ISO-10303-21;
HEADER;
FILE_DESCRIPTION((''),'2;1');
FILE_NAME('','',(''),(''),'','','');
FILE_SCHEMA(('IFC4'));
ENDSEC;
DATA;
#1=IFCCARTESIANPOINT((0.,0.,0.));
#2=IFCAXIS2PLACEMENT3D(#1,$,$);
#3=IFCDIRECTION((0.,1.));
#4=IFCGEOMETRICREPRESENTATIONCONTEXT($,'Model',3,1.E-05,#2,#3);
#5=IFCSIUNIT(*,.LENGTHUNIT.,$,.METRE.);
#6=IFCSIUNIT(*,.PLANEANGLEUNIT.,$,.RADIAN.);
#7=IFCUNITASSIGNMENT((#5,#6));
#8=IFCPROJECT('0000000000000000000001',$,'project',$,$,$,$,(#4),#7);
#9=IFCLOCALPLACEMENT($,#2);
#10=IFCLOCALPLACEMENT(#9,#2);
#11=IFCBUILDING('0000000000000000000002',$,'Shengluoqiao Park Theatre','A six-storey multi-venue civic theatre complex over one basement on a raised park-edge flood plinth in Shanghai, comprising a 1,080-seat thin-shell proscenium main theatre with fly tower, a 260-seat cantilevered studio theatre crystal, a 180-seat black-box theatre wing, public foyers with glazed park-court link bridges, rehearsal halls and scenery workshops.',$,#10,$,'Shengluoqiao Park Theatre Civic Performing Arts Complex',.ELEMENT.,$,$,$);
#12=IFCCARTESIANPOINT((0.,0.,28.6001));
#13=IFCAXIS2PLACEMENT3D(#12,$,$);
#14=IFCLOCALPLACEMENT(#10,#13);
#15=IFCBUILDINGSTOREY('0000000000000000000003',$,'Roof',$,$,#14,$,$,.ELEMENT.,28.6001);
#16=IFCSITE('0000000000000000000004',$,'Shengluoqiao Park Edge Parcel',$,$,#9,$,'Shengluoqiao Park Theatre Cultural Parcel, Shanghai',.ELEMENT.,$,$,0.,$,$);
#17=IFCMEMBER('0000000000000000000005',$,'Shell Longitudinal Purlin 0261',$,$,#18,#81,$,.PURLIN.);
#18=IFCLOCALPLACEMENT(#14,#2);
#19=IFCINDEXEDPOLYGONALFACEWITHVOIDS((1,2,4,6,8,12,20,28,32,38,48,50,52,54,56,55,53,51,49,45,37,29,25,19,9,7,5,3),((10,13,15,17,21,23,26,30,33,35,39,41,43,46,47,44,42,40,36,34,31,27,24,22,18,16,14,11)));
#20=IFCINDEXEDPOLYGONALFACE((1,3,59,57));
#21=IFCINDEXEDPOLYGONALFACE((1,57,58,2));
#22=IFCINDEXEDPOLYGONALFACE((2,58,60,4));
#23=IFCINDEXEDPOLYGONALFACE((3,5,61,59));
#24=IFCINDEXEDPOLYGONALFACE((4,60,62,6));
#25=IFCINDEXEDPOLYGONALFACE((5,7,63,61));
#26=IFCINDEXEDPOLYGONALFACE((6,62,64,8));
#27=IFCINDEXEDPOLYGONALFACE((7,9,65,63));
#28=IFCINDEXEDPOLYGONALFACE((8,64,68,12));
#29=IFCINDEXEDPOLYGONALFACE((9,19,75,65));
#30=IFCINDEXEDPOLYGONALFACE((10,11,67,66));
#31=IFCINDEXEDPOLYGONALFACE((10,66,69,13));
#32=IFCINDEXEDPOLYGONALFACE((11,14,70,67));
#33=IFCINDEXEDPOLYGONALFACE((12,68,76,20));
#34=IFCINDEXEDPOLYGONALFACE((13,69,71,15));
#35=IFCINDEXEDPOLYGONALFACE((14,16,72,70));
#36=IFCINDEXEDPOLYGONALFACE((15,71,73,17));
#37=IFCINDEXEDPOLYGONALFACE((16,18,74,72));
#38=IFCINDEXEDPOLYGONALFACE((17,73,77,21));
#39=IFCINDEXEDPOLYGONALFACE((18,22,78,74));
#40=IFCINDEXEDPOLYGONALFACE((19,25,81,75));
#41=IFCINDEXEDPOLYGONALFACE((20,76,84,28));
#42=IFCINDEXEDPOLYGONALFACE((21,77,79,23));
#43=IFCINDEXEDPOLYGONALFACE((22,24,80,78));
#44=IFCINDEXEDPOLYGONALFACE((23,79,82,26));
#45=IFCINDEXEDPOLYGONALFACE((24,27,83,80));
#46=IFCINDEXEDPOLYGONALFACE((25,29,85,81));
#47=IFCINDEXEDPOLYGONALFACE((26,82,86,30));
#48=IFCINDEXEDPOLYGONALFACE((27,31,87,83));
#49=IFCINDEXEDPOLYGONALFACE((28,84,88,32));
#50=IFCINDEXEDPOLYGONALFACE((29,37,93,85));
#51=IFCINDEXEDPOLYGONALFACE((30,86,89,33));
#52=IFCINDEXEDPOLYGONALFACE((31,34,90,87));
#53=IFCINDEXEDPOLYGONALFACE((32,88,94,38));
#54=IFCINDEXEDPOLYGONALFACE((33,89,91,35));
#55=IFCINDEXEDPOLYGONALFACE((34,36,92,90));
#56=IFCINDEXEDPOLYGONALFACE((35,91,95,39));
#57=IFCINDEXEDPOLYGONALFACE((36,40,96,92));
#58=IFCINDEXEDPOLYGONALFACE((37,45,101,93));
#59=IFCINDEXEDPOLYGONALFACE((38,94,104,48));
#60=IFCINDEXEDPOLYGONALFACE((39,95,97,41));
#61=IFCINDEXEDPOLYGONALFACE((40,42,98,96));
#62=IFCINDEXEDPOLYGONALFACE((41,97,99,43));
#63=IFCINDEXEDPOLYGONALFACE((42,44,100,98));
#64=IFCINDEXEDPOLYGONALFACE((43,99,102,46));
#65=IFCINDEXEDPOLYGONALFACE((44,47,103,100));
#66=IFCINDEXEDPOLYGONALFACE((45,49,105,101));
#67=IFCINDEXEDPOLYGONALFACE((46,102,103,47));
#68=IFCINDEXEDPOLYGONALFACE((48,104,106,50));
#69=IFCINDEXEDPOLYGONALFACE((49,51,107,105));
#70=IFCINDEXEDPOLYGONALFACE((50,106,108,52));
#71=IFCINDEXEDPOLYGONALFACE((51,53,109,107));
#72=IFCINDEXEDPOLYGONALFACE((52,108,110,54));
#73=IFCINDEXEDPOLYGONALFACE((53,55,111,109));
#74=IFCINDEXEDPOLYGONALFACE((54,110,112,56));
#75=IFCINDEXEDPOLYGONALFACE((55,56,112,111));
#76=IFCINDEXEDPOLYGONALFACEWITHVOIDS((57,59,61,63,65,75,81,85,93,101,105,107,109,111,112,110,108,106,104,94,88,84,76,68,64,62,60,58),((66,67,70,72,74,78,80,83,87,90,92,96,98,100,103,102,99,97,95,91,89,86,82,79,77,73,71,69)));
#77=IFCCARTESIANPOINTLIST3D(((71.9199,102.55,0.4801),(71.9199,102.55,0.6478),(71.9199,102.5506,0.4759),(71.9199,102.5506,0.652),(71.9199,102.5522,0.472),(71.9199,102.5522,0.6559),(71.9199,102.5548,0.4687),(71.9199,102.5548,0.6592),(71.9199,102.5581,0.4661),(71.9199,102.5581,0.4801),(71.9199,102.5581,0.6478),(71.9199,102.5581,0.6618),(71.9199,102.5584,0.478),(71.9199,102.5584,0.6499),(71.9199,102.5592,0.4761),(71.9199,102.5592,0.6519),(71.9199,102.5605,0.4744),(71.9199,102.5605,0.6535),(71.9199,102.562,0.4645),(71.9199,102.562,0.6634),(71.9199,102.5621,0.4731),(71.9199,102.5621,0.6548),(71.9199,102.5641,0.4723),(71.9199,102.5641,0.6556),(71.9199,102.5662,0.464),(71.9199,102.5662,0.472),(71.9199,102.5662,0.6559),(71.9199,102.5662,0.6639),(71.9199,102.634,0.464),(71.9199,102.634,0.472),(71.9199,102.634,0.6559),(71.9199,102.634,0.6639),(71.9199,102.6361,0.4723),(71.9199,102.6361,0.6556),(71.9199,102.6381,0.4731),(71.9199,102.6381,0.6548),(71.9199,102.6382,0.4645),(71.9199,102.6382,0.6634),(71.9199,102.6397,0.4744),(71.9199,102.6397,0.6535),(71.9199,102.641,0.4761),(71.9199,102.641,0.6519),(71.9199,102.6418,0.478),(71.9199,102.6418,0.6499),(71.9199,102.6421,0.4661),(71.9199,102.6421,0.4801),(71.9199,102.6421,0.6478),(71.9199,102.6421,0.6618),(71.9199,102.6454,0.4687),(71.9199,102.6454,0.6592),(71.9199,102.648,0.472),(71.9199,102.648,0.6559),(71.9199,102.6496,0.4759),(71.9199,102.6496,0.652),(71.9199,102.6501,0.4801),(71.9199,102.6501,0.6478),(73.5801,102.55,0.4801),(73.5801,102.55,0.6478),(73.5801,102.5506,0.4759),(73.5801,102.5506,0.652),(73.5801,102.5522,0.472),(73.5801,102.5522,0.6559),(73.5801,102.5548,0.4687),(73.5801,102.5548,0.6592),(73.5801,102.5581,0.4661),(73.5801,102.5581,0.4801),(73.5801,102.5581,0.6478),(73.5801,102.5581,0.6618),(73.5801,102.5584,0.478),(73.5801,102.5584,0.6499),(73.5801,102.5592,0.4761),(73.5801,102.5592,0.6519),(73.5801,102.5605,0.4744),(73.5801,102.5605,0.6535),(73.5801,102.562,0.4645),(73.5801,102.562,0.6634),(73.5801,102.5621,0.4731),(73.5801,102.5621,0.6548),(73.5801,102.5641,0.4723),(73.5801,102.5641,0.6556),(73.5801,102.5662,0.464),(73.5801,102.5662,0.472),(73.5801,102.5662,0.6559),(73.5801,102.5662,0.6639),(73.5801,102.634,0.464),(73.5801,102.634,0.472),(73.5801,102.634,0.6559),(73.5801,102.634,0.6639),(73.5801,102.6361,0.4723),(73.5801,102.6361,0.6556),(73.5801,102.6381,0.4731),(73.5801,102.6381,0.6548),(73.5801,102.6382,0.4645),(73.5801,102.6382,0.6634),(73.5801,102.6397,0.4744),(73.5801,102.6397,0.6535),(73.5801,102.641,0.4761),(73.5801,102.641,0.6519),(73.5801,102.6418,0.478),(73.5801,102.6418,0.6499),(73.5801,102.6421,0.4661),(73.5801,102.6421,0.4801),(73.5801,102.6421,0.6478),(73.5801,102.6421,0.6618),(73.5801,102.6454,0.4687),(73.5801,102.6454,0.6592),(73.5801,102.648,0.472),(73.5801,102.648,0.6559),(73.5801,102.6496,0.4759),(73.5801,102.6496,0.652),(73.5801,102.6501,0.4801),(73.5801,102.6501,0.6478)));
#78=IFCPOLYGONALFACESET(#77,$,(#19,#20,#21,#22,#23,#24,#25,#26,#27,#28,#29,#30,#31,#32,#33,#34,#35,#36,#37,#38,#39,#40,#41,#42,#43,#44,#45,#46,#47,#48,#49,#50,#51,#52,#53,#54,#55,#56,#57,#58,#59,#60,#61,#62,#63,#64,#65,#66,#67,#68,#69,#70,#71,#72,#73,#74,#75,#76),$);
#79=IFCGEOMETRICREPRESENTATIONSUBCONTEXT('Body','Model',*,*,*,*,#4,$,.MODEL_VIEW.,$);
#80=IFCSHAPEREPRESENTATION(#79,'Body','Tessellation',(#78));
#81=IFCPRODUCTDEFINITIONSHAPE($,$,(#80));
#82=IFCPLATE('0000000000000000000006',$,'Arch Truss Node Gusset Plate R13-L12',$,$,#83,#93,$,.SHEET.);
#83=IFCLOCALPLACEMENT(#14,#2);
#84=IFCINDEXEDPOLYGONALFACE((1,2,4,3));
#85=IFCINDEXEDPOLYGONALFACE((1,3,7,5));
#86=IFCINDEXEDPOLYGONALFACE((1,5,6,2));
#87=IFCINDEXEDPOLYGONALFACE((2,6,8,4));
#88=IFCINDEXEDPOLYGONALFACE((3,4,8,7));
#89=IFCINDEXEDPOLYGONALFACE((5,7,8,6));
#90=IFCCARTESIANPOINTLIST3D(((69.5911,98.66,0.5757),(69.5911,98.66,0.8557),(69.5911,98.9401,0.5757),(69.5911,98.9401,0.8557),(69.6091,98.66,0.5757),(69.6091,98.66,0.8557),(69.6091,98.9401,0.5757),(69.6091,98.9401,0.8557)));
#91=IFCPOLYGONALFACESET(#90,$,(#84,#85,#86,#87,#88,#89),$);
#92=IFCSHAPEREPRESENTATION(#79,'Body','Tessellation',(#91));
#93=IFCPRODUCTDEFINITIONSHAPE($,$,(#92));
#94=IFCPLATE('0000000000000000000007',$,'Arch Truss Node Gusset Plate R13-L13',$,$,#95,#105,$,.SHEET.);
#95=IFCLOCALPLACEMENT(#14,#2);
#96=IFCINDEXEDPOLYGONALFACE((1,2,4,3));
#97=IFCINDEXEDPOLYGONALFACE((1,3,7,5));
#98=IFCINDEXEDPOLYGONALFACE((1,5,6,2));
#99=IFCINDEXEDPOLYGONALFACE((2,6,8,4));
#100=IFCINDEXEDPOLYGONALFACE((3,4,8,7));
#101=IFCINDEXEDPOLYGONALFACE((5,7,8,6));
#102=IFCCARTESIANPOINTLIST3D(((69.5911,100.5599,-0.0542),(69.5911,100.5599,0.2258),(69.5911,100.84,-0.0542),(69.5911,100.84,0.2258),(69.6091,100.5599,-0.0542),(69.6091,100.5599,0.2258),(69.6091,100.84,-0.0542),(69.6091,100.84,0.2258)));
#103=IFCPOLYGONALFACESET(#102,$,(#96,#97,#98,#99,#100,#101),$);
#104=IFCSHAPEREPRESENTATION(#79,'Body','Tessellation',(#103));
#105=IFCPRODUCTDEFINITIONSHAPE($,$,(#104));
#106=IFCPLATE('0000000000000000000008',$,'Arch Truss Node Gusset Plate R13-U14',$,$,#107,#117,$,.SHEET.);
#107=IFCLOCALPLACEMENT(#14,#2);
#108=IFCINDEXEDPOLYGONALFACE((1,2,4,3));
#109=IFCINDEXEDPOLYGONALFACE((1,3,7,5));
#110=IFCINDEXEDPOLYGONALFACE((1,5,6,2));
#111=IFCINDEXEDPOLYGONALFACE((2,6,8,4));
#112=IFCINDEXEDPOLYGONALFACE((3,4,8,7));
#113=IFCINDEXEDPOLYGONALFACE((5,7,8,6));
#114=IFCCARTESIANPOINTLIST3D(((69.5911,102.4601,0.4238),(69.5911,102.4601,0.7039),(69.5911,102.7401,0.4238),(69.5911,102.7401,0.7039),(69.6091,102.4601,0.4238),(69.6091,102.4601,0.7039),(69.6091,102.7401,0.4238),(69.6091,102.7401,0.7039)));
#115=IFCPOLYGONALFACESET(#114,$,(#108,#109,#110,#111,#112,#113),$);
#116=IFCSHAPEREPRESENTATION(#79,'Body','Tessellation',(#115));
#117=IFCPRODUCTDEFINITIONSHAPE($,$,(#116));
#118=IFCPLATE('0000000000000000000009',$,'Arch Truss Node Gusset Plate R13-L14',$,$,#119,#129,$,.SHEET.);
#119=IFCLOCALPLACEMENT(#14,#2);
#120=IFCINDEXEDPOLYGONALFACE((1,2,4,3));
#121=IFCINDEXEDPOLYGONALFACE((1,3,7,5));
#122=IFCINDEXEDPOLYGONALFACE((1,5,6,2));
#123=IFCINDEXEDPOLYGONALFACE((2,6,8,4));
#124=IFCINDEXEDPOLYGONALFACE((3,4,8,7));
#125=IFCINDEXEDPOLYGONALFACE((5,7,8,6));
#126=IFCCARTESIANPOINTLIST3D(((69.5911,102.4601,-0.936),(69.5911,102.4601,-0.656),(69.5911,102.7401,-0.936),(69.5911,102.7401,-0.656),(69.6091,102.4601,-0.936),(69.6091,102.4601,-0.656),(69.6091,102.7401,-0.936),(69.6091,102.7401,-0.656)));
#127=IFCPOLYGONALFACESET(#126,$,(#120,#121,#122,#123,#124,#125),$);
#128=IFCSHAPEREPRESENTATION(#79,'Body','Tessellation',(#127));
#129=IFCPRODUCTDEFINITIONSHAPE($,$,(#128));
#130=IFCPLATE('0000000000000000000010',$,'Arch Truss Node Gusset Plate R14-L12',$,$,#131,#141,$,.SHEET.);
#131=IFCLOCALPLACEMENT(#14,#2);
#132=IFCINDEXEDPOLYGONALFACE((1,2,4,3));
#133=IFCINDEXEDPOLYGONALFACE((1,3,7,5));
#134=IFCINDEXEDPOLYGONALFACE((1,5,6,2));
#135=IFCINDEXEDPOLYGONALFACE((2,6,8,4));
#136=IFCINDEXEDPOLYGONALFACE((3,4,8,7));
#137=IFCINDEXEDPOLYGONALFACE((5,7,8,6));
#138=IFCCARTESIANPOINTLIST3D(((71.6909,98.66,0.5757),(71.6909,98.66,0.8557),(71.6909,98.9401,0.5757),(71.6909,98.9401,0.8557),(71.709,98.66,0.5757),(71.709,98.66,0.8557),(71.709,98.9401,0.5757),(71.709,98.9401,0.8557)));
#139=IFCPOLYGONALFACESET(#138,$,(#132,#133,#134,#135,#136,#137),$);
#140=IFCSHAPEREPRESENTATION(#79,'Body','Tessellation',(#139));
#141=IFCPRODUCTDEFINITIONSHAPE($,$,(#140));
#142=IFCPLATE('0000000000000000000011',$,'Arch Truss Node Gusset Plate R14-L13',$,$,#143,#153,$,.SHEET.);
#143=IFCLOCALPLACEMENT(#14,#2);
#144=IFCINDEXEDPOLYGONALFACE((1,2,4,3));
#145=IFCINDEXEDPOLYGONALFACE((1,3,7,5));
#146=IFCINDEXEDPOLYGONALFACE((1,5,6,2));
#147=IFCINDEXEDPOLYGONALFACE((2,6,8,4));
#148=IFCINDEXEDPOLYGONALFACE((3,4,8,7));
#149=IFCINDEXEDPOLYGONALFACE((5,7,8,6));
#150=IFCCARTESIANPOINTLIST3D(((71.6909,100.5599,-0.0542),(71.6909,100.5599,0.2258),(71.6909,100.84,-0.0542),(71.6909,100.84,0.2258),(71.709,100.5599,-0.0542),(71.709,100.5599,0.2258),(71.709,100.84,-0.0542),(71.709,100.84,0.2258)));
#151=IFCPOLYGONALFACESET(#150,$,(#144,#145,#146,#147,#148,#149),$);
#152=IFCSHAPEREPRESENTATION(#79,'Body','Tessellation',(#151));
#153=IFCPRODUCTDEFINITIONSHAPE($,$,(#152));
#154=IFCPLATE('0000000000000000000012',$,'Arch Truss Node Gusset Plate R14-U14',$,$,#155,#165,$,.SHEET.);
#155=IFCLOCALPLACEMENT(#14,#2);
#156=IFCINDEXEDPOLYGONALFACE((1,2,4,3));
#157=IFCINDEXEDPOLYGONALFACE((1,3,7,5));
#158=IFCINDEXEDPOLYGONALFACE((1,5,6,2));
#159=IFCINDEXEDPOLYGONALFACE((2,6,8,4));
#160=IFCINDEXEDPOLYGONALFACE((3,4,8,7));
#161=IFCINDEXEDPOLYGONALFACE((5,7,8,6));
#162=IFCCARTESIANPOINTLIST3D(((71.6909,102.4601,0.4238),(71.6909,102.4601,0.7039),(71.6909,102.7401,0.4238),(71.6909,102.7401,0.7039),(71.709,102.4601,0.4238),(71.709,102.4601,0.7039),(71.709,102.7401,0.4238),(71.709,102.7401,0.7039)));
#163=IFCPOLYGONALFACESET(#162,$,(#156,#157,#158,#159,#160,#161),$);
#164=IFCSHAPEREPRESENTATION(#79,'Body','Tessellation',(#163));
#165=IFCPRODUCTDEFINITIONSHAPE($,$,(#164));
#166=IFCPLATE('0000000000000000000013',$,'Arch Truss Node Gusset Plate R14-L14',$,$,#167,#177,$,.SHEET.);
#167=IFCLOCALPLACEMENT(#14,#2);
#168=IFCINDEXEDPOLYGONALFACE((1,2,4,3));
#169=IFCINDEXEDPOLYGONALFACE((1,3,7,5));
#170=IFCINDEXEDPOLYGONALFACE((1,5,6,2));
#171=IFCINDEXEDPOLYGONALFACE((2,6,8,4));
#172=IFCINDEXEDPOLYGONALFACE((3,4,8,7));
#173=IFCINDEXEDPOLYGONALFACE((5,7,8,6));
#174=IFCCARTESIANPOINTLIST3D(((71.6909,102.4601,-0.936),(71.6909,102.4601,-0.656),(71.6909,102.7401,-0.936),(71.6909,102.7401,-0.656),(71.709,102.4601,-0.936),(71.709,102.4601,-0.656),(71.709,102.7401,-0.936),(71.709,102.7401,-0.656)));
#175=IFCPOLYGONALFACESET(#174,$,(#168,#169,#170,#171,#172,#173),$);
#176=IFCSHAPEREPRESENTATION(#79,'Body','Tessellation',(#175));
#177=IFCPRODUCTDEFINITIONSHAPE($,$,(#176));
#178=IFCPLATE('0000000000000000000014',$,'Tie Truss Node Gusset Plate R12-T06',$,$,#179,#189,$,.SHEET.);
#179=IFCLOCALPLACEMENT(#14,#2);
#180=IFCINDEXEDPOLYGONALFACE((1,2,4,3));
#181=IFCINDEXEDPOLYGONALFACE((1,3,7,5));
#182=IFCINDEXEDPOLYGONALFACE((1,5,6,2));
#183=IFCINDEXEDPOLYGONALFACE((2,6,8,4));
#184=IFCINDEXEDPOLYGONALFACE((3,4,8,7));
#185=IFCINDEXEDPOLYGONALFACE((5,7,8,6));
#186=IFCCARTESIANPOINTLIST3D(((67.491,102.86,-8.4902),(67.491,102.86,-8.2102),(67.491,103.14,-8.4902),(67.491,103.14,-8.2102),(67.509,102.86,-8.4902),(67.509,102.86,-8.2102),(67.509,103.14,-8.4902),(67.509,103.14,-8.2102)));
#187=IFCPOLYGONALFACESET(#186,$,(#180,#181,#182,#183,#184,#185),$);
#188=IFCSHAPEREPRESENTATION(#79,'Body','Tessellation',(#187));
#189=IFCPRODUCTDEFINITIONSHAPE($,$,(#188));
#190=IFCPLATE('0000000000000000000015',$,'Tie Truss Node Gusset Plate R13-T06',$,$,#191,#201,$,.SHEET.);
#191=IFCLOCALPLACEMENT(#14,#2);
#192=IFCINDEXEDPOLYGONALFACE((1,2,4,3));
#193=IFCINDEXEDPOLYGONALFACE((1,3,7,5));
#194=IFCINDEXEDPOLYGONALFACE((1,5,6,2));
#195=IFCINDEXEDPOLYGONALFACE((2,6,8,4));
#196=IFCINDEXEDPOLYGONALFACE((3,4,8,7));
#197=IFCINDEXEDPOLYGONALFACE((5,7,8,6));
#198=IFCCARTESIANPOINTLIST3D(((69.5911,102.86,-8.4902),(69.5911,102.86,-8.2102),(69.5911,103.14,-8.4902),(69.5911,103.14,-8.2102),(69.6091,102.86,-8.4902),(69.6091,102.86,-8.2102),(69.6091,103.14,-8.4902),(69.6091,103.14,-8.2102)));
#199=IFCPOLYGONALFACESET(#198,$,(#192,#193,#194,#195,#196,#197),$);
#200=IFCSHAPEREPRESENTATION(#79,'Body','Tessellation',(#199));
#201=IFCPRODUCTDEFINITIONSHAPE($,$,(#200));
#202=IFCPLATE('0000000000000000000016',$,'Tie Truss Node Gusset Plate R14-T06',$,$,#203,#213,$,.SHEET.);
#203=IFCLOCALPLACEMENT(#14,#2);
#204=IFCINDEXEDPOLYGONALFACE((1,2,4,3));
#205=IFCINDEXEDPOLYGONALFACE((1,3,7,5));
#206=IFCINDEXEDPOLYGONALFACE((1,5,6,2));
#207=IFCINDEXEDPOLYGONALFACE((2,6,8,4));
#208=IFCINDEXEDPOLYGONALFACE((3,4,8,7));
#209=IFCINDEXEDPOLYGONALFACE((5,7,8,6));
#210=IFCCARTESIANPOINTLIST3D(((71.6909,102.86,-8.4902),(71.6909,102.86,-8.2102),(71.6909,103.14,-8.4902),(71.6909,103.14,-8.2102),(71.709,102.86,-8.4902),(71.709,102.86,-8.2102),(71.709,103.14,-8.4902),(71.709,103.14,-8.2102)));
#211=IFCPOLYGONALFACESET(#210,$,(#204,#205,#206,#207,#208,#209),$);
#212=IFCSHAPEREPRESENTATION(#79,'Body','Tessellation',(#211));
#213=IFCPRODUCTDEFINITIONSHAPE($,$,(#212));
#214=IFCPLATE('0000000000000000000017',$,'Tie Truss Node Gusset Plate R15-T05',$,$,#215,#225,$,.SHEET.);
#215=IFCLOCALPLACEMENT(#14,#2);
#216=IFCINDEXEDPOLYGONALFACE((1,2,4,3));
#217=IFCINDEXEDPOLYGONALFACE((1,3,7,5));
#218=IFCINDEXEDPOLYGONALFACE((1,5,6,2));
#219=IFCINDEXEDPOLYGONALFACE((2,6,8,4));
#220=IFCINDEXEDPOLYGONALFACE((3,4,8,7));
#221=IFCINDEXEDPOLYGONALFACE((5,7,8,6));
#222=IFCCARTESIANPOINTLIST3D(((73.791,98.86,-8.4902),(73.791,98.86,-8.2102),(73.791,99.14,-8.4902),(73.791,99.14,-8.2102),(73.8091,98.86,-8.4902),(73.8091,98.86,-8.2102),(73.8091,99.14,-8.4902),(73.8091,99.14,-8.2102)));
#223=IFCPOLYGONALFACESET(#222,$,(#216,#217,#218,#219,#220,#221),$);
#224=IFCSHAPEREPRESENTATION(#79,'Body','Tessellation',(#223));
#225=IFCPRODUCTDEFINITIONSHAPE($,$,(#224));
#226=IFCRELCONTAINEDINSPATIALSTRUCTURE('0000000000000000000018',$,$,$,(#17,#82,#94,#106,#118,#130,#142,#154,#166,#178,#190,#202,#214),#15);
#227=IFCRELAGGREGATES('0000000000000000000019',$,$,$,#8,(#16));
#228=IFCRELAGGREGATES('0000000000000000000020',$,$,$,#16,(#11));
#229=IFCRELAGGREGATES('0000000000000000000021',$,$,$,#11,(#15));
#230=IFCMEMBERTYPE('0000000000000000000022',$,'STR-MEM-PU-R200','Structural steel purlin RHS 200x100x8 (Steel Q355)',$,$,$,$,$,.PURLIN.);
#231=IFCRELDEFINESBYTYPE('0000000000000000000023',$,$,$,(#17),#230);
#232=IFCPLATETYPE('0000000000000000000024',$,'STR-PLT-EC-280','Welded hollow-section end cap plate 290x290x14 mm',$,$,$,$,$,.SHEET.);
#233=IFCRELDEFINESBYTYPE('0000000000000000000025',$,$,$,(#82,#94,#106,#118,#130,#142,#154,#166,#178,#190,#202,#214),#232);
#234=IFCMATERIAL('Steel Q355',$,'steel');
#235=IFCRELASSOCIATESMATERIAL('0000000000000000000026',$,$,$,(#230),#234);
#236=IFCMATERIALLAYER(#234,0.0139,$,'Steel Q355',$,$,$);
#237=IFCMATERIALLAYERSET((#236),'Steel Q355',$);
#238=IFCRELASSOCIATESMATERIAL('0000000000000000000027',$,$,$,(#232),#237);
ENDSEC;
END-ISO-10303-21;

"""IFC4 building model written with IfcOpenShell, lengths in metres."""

from ifc_helpers import new_model, si_unit, direction, frame, origin, origin_2d, place, context, subcontext, project, spatial, rectangle, hollow_rectangle, extrude, material, layer, layer_set, material_profile, profile_set, type_object, element, save


model = new_model("IFC4")

# Units and contexts
model_context = context("Model", 3, precision=1e-05, world=origin(), true_north=direction((0.0, 1.0)))
body_context = subcontext(model_context, "Body", "Model", "MODEL_VIEW")
ifc_project = project(units=[si_unit("LENGTHUNIT", "METRE"), si_unit("PLANEANGLEUNIT", "RADIAN")], contexts=[model_context])

# Site, building, storey
site_placement = place(None, origin())
site = spatial("IfcSite", under=ifc_project, at=site_placement, Name="Shengluoqiao Park Edge Parcel", LongName="Shengluoqiao Park Theatre Cultural Parcel, Shanghai", CompositionType="ELEMENT", RefElevation=0.0)
building_placement = place(site_placement, origin())
building = spatial("IfcBuilding", under=site, at=building_placement, Name="Shengluoqiao Park Theatre", Description="A six-storey multi-venue civic theatre complex over one basement on a raised park-edge flood plinth in Shanghai, comprising a 1,080-seat thin-shell proscenium main theatre with fly tower, a 260-seat cantilevered studio theatre crystal, a 180-seat black-box theatre wing, public foyers with glazed park-court link bridges, rehearsal halls and scenery workshops.", LongName="Shengluoqiao Park Theatre Civic Performing Arts Complex", CompositionType="ELEMENT")
storey_placement = place(building_placement, frame((0.0, 0.0, 28.6001)))
storey = spatial("IfcBuildingStorey", under=building, at=storey_placement, Name="Roof", CompositionType="ELEMENT", Elevation=28.6001)

# Shared definitions
ifc_material_1 = material(Name="Steel Q355", Category="steel")

# Member
ifc_material_profile_1 = material_profile(ifc_material_1, hollow_rectangle(XDim=0.1001, YDim=0.2, WallThickness=0.0081, InnerFilletRadius=0.0081, OuterFilletRadius=0.0161, at=origin_2d()), Name="RHS 200x100x8")
ifc_profile_set_1 = profile_set([ifc_material_profile_1], Name="Steel Q355")
member_type_1 = type_object("IfcMemberType", Name="STR-MEM-PU-R200", Description="Structural steel purlin RHS 200x100x8 (Steel Q355)", PredefinedType="PURLIN", material=ifc_profile_set_1)
member_1_placement = place(storey_placement, frame((71.9199, 102.6001, 0.564), z_axis=(1.0, 0.0, 0.0), x_axis=(0.0, 1.0, 0.0)))
element("IfcMember", 1, at=member_1_placement, inside=storey, type_object=member_type_1, Name="Shell Longitudinal Purlin 0261", PredefinedType="PURLIN", context=body_context, shape_type="SweptSolid", body=[
    extrude(hollow_rectangle(XDim=0.1001, YDim=0.2, WallThickness=0.0081, InnerFilletRadius=0.0081, OuterFilletRadius=0.0161, at=origin_2d()), origin(), (0.0, 0.0, 1.0), 1.6602),
])

# Plates
ifc_layer = layer(ifc_material_1, 0.0139, Name="Steel Q355")
ifc_layer_set = layer_set([ifc_layer], Name="Steel Q355")
plate_type = type_object("IfcPlateType", Name="STR-PLT-EC-280", Description="Welded hollow-section end cap plate 290x290x14 mm", PredefinedType="SHEET", material=ifc_layer_set)
for number, where, z_axis, x_axis, name in (
    (2, (69.6001, 98.8, 0.5757), (0.0, 0.0, 1.0), (1.0, 0.0, 0.0), "Arch Truss Node Gusset Plate R13-L12"),
    (3, (69.6001, 100.7, -0.0542), (0.0, 0.0, 1.0), (1.0, 0.0, 0.0), "Arch Truss Node Gusset Plate R13-L13"),
    (4, (69.6001, 102.6001, 0.4238), (0.0, 0.0, 1.0), (1.0, 0.0, 0.0), "Arch Truss Node Gusset Plate R13-U14"),
    (5, (69.6001, 102.6001, -0.936), (0.0, 0.0, 1.0), (1.0, 0.0, 0.0), "Arch Truss Node Gusset Plate R13-L14"),
    (6, (71.7, 98.8, 0.5757), (0.0, 0.0, 1.0), (1.0, 0.0, 0.0), "Arch Truss Node Gusset Plate R14-L12"),
    (7, (71.7, 100.7, -0.0542), (0.0, 0.0, 1.0), (1.0, 0.0, 0.0), "Arch Truss Node Gusset Plate R14-L13"),
    (8, (71.7, 102.6001, 0.4238), (0.0, 0.0, 1.0), (1.0, 0.0, 0.0), "Arch Truss Node Gusset Plate R14-U14"),
    (9, (71.7, 102.6001, -0.936), (0.0, 0.0, 1.0), (1.0, 0.0, 0.0), "Arch Truss Node Gusset Plate R14-L14"),
    (10, (67.5, 103.0, -8.4902), (0.0, 0.0, 1.0), (1.0, 0.0, 0.0), "Tie Truss Node Gusset Plate R12-T06"),
    (11, (69.6001, 103.0, -8.4902), (0.0, 0.0, 1.0), (1.0, 0.0, 0.0), "Tie Truss Node Gusset Plate R13-T06"),
    (12, (71.7, 103.0, -8.4902), (0.0, 0.0, 1.0), (1.0, 0.0, 0.0), "Tie Truss Node Gusset Plate R14-T06"),
    (13, (73.8, 99.0, -8.4902), (0.0, 0.0, 1.0), (1.0, 0.0, 0.0), "Tie Truss Node Gusset Plate R15-T05"),
):
    element("IfcPlate", number, at=place(storey_placement, frame(where, z_axis=z_axis, x_axis=x_axis)), inside=storey, type_object=plate_type, Name=name, PredefinedType="SHEET", context=body_context, shape_type="SweptSolid", body=[
        extrude(rectangle(XDim=0.0181, YDim=0.28, at=origin_2d()), origin(), (0.0, 0.0, 1.0), 0.28),
    ])

save(model, "model.ifc")
